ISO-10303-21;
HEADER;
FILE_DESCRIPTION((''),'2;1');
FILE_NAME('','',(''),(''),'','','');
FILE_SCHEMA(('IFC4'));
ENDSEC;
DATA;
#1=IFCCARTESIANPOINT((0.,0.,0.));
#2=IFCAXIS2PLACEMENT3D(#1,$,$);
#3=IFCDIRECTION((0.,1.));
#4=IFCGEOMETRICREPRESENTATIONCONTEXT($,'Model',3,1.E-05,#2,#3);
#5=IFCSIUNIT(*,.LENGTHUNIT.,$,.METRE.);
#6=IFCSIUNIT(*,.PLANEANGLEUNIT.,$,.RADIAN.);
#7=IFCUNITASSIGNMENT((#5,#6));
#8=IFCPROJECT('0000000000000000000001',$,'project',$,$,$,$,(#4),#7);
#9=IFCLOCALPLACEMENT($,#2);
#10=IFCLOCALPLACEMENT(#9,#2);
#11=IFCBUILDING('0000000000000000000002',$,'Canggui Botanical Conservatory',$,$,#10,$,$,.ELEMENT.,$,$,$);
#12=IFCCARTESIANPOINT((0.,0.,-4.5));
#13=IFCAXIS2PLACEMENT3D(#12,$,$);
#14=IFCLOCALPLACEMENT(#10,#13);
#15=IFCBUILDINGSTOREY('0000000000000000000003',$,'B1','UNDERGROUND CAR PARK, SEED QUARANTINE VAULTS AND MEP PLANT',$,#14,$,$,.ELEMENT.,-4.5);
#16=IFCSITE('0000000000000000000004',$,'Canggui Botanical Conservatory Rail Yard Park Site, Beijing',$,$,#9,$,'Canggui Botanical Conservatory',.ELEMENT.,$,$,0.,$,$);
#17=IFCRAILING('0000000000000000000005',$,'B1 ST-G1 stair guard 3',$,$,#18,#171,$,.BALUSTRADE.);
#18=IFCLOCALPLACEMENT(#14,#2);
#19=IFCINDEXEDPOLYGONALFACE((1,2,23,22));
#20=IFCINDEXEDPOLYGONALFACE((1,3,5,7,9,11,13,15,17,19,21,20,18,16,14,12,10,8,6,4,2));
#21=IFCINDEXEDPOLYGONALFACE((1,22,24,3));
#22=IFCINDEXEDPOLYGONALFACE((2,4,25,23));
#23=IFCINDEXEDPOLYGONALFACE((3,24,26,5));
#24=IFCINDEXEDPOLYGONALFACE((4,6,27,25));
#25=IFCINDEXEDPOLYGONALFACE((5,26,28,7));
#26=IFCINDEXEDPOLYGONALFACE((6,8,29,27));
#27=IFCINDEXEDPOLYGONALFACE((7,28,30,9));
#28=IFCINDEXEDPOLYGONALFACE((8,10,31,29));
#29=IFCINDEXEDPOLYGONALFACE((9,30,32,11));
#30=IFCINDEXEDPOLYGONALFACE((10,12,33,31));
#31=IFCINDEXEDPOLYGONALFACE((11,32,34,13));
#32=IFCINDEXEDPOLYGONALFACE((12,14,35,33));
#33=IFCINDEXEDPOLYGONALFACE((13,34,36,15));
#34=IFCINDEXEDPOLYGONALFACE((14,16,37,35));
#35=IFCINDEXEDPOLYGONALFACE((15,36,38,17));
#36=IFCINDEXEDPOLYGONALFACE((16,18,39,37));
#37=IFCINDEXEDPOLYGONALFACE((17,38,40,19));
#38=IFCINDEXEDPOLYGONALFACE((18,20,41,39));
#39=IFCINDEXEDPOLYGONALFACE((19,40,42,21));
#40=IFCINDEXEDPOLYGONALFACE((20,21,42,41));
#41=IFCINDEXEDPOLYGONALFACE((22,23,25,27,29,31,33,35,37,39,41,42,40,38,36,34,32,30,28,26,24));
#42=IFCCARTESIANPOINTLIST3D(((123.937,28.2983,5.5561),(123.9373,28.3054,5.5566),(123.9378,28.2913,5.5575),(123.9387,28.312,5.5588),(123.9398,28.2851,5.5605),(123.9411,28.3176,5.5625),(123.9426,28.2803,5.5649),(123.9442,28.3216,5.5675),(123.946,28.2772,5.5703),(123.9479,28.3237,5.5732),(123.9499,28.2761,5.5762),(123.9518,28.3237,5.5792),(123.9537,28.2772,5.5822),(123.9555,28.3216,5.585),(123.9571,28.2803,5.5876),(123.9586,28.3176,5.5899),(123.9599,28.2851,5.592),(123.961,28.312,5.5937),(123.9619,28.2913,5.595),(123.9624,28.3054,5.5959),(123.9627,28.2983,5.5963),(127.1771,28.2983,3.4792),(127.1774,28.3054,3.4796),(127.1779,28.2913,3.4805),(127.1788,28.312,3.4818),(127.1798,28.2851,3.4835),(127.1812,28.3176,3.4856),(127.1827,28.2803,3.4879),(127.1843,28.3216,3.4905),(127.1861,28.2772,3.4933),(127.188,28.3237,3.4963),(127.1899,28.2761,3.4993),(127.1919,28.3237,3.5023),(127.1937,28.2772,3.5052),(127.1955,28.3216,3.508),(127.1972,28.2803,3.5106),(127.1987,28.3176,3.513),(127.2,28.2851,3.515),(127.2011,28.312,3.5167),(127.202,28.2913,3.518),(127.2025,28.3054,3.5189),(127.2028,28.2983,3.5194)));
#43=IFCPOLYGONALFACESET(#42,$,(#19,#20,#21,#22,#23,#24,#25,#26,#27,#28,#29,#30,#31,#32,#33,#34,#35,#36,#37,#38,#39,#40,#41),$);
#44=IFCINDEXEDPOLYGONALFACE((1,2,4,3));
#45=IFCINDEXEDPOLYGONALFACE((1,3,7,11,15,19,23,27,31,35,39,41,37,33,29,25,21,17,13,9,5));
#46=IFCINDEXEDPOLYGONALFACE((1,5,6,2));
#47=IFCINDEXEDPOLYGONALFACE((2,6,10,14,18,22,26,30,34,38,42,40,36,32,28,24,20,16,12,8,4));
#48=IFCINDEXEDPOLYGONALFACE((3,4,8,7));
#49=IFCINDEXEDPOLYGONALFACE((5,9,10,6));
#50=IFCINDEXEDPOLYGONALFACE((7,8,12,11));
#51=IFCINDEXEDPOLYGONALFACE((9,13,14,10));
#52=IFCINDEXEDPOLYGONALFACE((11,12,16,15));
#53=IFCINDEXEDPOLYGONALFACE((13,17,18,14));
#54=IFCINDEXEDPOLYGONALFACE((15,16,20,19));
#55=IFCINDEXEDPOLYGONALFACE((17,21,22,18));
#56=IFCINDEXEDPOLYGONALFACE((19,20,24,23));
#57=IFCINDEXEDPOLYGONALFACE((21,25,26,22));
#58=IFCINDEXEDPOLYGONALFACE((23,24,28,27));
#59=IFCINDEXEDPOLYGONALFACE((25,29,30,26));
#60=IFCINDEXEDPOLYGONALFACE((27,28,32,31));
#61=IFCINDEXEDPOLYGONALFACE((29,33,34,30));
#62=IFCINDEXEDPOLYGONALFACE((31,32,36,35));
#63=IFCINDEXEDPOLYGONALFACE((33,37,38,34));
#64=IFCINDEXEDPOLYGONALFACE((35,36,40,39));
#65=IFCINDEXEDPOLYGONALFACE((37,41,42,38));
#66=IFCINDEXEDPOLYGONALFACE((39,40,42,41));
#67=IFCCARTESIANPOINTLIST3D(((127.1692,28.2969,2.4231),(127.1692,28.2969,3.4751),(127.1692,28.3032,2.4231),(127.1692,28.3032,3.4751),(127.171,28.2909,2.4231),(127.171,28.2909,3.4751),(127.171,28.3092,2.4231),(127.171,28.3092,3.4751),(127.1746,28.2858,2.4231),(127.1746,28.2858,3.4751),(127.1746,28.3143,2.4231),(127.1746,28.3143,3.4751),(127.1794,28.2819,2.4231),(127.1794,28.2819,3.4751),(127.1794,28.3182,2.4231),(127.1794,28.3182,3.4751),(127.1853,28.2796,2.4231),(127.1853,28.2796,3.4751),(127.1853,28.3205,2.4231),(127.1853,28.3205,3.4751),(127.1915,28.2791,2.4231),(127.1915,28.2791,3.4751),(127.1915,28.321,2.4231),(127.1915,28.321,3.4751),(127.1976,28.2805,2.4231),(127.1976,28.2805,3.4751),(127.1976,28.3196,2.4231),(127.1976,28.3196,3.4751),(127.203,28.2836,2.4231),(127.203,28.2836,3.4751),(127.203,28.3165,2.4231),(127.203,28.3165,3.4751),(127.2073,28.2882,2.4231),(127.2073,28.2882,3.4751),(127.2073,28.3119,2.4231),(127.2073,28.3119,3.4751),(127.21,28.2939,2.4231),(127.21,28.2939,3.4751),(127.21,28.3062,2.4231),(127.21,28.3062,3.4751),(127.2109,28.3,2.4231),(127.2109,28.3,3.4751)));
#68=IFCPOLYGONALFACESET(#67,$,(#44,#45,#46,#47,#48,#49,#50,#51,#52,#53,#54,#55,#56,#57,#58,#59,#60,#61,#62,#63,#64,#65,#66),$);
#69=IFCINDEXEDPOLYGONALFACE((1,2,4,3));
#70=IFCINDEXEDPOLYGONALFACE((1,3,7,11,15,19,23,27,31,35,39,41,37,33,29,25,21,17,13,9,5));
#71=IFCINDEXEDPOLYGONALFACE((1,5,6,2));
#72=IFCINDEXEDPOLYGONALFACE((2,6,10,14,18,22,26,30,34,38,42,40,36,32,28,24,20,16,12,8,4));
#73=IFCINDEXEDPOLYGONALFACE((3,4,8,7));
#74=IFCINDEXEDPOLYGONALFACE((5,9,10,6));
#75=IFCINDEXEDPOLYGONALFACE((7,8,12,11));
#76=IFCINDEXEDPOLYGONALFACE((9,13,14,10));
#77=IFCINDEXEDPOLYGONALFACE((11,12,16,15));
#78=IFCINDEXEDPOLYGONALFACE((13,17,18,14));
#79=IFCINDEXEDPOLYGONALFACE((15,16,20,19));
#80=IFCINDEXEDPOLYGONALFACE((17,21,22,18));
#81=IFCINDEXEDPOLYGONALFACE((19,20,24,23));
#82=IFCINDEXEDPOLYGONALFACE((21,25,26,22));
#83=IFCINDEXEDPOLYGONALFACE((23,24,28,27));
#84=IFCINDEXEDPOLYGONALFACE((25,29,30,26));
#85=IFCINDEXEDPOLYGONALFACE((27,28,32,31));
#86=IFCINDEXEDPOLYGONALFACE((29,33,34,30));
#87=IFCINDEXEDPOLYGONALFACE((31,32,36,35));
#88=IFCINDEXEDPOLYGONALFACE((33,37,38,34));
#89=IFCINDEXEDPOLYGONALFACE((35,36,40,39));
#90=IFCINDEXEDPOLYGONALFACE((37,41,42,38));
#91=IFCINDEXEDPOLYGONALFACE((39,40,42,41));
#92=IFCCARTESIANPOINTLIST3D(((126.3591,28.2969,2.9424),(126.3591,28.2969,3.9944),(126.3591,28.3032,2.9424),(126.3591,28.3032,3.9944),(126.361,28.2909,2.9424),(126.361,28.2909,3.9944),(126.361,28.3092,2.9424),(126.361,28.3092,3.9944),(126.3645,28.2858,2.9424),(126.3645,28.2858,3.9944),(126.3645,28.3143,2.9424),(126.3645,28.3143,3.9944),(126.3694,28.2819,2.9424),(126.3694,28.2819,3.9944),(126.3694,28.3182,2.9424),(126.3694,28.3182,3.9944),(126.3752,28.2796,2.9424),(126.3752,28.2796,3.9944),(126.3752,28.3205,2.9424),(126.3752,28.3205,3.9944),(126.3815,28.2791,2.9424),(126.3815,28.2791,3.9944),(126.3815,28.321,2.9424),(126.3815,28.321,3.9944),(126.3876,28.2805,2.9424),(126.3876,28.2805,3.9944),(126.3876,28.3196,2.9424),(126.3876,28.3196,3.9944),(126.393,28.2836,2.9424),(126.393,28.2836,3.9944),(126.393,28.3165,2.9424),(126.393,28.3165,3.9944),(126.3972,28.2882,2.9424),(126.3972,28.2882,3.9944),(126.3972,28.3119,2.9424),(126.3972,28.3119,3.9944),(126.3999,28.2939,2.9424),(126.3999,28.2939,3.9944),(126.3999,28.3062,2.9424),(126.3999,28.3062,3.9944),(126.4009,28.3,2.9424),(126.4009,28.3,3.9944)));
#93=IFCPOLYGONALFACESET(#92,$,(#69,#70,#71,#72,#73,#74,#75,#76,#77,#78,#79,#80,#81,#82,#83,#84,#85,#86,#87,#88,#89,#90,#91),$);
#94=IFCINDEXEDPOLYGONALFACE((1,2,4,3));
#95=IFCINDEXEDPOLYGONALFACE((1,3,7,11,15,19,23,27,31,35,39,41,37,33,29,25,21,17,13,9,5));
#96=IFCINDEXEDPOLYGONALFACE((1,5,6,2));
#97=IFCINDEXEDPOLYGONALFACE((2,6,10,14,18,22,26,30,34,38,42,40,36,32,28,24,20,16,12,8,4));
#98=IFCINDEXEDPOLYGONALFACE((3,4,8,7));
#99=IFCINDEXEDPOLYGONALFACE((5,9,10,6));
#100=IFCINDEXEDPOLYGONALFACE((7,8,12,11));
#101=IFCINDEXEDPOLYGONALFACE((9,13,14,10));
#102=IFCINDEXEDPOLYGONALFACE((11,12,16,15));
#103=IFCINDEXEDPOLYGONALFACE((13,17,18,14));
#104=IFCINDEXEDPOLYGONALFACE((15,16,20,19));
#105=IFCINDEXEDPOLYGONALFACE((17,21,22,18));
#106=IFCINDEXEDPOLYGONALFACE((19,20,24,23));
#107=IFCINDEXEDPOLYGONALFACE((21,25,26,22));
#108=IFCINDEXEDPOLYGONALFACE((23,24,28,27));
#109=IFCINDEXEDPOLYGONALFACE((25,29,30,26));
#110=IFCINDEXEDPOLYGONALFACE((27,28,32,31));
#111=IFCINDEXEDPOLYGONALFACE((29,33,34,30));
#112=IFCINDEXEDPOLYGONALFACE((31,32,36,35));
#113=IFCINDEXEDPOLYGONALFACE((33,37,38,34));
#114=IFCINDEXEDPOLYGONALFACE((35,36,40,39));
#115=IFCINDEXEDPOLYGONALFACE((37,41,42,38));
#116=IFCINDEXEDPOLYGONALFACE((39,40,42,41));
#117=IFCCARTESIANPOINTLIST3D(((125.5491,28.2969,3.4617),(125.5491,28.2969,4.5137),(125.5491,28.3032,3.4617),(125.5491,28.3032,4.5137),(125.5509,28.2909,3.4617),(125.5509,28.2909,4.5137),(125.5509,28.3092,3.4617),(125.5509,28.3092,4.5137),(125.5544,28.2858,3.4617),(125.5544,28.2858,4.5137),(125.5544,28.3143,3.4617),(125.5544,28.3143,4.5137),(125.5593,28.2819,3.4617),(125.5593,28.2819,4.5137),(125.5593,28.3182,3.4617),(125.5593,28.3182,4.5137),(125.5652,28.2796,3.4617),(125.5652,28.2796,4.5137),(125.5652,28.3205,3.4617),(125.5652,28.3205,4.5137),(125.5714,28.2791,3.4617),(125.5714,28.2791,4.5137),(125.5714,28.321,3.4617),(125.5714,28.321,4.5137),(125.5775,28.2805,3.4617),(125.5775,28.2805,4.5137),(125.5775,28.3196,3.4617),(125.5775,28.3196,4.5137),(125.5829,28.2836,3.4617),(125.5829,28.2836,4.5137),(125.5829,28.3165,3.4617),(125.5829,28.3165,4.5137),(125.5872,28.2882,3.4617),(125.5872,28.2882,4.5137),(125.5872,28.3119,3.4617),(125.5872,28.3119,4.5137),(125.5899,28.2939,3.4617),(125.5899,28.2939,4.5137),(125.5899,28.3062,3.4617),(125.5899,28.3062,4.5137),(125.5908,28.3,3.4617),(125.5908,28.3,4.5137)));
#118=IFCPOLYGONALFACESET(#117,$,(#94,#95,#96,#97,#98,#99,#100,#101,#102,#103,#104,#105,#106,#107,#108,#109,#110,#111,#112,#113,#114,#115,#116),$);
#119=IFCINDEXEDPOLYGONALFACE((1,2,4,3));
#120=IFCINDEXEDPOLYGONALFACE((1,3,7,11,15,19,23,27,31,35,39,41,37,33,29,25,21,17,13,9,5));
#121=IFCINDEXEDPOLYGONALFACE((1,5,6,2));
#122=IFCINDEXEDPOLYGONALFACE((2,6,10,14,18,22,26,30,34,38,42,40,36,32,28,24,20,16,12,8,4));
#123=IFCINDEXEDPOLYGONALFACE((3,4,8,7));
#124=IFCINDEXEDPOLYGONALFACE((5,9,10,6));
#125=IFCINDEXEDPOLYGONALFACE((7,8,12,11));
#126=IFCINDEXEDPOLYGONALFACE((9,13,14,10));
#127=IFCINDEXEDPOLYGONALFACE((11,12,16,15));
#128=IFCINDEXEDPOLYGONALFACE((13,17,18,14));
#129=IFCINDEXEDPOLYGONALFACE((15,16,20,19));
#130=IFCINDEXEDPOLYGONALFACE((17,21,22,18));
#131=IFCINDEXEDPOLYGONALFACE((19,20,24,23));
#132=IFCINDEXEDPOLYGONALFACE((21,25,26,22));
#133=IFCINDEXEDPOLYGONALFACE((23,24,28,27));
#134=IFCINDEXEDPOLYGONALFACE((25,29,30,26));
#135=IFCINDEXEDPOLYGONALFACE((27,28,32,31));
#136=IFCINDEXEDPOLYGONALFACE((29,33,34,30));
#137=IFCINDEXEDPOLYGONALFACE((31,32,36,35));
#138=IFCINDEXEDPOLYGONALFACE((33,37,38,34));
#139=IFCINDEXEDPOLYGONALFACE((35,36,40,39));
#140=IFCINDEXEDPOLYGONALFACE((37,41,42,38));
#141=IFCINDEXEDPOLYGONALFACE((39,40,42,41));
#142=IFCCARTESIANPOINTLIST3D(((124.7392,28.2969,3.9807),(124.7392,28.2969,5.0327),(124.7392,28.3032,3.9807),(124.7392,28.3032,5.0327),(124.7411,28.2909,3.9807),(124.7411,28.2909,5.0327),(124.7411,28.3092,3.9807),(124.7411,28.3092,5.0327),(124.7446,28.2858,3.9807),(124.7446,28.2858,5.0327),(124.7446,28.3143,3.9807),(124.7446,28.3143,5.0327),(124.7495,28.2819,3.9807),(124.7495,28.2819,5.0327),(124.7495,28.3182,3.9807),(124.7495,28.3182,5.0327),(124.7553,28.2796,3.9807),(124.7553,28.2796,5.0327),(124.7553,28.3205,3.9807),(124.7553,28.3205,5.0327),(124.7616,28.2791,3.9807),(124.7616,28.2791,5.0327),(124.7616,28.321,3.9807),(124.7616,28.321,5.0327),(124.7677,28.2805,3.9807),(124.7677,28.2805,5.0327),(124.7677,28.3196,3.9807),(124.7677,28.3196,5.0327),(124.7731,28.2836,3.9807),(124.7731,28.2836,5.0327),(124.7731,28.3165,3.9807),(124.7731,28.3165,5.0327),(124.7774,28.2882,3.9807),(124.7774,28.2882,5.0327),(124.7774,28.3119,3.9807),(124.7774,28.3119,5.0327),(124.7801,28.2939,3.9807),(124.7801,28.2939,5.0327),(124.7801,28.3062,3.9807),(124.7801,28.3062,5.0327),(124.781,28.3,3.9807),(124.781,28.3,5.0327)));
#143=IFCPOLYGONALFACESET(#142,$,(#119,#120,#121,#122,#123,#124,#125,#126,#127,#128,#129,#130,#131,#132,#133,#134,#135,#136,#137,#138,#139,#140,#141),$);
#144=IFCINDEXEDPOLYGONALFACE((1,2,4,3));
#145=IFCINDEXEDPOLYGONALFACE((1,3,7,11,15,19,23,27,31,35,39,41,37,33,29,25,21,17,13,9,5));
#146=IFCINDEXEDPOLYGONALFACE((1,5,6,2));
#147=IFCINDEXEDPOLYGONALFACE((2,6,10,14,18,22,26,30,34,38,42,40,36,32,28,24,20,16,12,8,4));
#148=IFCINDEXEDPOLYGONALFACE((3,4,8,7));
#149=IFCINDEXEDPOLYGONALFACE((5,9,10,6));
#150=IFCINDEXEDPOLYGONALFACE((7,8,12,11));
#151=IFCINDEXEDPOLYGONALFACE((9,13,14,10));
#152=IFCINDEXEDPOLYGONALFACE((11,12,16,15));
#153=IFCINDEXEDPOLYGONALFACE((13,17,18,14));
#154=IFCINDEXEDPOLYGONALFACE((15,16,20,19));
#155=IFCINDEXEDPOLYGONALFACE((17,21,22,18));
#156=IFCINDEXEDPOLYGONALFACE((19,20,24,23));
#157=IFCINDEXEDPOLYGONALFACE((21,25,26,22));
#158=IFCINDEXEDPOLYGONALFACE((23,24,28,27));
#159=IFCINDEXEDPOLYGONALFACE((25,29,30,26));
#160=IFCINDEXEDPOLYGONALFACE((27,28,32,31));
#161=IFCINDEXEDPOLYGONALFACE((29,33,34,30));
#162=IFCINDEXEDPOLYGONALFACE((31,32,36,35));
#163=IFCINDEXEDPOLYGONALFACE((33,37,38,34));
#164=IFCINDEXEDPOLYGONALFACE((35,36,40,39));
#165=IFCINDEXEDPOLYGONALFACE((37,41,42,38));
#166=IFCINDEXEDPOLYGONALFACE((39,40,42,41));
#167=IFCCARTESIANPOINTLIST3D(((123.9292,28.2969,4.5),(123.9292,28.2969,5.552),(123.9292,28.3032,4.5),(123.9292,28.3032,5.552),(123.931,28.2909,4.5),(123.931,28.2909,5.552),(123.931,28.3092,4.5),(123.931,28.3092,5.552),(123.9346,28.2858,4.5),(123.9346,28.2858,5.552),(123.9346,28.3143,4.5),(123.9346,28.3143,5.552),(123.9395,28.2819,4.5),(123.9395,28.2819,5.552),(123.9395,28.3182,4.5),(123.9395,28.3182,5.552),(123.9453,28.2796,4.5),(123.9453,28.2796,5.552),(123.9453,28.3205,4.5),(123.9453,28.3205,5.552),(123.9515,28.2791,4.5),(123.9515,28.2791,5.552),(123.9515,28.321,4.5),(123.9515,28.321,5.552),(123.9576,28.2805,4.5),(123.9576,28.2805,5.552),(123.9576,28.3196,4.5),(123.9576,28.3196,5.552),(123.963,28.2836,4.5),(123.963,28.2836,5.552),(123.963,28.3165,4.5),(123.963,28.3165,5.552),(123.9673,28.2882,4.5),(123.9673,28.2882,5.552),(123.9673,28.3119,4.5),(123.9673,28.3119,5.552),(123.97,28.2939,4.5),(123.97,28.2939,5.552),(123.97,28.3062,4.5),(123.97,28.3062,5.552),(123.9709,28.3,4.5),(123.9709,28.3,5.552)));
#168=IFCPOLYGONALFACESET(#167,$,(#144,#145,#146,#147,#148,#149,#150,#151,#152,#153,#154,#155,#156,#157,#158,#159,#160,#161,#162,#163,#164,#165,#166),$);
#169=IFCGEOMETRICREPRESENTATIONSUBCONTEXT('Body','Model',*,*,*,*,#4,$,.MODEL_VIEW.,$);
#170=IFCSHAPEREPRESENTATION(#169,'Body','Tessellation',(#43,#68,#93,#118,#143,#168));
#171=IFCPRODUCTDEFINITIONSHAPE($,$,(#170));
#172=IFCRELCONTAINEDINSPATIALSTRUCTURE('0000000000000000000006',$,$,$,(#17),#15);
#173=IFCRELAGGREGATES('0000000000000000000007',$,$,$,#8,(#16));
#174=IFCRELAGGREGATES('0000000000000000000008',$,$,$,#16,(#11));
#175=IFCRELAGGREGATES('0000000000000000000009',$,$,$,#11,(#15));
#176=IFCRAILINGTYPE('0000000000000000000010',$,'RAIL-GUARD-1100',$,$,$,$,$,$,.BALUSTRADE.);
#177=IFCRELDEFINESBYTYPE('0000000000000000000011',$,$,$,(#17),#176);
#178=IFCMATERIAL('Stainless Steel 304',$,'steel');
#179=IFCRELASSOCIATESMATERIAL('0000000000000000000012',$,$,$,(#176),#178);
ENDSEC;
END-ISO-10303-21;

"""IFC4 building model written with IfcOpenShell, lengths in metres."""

from ifc_helpers import new_model, si_unit, direction, frame, origin, origin_2d, place, context, subcontext, project, spatial, circle, extrude, material, type_object, element, save


model = new_model("IFC4")

# Units and contexts
model_context = context("Model", 3, precision=1e-05, world=origin(), true_north=direction((0.0, 1.0)))
body_context = subcontext(model_context, "Body", "Model", "MODEL_VIEW")
ifc_project = project(units=[si_unit("LENGTHUNIT", "METRE"), si_unit("PLANEANGLEUNIT", "RADIAN")], contexts=[model_context])

# Site, building, storey
site_placement = place(None, origin())
site = spatial("IfcSite", under=ifc_project, at=site_placement, Name="Canggui Botanical Conservatory Rail Yard Park Site, Beijing", LongName="Canggui Botanical Conservatory", CompositionType="ELEMENT", RefElevation=0.0)
building_placement = place(site_placement, origin())
building = spatial("IfcBuilding", under=site, at=building_placement, Name="Canggui Botanical Conservatory", CompositionType="ELEMENT")
storey_placement = place(building_placement, frame((0.0, 0.0, -4.5)))
storey = spatial("IfcBuildingStorey", under=building, at=storey_placement, Name="B1", Description="UNDERGROUND CAR PARK, SEED QUARANTINE VAULTS AND MEP PLANT", CompositionType="ELEMENT", Elevation=-4.5)

# Railing
ifc_material_1 = material(Name="Stainless Steel 304", Category="steel")
railing_type_1 = type_object("IfcRailingType", Name="RAIL-GUARD-1100", PredefinedType="BALUSTRADE", material=ifc_material_1)
railing_1_placement = place(storey_placement, frame((127.1899, 28.3, 2.4231)))
element("IfcRailing", 1, at=railing_1_placement, inside=storey, type_object=railing_type_1, Name="B1 ST-G1 stair guard 3", PredefinedType="BALUSTRADE", context=body_context, shape_type="SweptSolid", body=[
    extrude(circle(Radius=0.0239, at=origin_2d()), frame((0.0, 0.0, 1.0762), z_axis=(-0.841881, 0.0, 0.539664), x_axis=(0.0, -1.0, 0.0)), (0.0, 0.0, 1.0), 3.8486),
    extrude(circle(Radius=0.021, at=origin_2d()), origin(), (0.0, 0.0, 1.0), 1.052),
    extrude(circle(Radius=0.021, at=origin_2d()), frame((-0.8101, 0.0, 0.5193)), (0.0, 0.0, 1.0), 1.052),
    extrude(circle(Radius=0.021, at=origin_2d()), frame((-1.6201, 0.0, 1.0386)), (0.0, 0.0, 1.0), 1.052),
    extrude(circle(Radius=0.021, at=origin_2d()), frame((-2.4299, 0.0, 1.5576)), (0.0, 0.0, 1.0), 1.052),
    extrude(circle(Radius=0.021, at=origin_2d()), frame((-3.24, 0.0, 2.0769)), (0.0, 0.0, 1.0), 1.052),
])

save(model, "model.ifc")
